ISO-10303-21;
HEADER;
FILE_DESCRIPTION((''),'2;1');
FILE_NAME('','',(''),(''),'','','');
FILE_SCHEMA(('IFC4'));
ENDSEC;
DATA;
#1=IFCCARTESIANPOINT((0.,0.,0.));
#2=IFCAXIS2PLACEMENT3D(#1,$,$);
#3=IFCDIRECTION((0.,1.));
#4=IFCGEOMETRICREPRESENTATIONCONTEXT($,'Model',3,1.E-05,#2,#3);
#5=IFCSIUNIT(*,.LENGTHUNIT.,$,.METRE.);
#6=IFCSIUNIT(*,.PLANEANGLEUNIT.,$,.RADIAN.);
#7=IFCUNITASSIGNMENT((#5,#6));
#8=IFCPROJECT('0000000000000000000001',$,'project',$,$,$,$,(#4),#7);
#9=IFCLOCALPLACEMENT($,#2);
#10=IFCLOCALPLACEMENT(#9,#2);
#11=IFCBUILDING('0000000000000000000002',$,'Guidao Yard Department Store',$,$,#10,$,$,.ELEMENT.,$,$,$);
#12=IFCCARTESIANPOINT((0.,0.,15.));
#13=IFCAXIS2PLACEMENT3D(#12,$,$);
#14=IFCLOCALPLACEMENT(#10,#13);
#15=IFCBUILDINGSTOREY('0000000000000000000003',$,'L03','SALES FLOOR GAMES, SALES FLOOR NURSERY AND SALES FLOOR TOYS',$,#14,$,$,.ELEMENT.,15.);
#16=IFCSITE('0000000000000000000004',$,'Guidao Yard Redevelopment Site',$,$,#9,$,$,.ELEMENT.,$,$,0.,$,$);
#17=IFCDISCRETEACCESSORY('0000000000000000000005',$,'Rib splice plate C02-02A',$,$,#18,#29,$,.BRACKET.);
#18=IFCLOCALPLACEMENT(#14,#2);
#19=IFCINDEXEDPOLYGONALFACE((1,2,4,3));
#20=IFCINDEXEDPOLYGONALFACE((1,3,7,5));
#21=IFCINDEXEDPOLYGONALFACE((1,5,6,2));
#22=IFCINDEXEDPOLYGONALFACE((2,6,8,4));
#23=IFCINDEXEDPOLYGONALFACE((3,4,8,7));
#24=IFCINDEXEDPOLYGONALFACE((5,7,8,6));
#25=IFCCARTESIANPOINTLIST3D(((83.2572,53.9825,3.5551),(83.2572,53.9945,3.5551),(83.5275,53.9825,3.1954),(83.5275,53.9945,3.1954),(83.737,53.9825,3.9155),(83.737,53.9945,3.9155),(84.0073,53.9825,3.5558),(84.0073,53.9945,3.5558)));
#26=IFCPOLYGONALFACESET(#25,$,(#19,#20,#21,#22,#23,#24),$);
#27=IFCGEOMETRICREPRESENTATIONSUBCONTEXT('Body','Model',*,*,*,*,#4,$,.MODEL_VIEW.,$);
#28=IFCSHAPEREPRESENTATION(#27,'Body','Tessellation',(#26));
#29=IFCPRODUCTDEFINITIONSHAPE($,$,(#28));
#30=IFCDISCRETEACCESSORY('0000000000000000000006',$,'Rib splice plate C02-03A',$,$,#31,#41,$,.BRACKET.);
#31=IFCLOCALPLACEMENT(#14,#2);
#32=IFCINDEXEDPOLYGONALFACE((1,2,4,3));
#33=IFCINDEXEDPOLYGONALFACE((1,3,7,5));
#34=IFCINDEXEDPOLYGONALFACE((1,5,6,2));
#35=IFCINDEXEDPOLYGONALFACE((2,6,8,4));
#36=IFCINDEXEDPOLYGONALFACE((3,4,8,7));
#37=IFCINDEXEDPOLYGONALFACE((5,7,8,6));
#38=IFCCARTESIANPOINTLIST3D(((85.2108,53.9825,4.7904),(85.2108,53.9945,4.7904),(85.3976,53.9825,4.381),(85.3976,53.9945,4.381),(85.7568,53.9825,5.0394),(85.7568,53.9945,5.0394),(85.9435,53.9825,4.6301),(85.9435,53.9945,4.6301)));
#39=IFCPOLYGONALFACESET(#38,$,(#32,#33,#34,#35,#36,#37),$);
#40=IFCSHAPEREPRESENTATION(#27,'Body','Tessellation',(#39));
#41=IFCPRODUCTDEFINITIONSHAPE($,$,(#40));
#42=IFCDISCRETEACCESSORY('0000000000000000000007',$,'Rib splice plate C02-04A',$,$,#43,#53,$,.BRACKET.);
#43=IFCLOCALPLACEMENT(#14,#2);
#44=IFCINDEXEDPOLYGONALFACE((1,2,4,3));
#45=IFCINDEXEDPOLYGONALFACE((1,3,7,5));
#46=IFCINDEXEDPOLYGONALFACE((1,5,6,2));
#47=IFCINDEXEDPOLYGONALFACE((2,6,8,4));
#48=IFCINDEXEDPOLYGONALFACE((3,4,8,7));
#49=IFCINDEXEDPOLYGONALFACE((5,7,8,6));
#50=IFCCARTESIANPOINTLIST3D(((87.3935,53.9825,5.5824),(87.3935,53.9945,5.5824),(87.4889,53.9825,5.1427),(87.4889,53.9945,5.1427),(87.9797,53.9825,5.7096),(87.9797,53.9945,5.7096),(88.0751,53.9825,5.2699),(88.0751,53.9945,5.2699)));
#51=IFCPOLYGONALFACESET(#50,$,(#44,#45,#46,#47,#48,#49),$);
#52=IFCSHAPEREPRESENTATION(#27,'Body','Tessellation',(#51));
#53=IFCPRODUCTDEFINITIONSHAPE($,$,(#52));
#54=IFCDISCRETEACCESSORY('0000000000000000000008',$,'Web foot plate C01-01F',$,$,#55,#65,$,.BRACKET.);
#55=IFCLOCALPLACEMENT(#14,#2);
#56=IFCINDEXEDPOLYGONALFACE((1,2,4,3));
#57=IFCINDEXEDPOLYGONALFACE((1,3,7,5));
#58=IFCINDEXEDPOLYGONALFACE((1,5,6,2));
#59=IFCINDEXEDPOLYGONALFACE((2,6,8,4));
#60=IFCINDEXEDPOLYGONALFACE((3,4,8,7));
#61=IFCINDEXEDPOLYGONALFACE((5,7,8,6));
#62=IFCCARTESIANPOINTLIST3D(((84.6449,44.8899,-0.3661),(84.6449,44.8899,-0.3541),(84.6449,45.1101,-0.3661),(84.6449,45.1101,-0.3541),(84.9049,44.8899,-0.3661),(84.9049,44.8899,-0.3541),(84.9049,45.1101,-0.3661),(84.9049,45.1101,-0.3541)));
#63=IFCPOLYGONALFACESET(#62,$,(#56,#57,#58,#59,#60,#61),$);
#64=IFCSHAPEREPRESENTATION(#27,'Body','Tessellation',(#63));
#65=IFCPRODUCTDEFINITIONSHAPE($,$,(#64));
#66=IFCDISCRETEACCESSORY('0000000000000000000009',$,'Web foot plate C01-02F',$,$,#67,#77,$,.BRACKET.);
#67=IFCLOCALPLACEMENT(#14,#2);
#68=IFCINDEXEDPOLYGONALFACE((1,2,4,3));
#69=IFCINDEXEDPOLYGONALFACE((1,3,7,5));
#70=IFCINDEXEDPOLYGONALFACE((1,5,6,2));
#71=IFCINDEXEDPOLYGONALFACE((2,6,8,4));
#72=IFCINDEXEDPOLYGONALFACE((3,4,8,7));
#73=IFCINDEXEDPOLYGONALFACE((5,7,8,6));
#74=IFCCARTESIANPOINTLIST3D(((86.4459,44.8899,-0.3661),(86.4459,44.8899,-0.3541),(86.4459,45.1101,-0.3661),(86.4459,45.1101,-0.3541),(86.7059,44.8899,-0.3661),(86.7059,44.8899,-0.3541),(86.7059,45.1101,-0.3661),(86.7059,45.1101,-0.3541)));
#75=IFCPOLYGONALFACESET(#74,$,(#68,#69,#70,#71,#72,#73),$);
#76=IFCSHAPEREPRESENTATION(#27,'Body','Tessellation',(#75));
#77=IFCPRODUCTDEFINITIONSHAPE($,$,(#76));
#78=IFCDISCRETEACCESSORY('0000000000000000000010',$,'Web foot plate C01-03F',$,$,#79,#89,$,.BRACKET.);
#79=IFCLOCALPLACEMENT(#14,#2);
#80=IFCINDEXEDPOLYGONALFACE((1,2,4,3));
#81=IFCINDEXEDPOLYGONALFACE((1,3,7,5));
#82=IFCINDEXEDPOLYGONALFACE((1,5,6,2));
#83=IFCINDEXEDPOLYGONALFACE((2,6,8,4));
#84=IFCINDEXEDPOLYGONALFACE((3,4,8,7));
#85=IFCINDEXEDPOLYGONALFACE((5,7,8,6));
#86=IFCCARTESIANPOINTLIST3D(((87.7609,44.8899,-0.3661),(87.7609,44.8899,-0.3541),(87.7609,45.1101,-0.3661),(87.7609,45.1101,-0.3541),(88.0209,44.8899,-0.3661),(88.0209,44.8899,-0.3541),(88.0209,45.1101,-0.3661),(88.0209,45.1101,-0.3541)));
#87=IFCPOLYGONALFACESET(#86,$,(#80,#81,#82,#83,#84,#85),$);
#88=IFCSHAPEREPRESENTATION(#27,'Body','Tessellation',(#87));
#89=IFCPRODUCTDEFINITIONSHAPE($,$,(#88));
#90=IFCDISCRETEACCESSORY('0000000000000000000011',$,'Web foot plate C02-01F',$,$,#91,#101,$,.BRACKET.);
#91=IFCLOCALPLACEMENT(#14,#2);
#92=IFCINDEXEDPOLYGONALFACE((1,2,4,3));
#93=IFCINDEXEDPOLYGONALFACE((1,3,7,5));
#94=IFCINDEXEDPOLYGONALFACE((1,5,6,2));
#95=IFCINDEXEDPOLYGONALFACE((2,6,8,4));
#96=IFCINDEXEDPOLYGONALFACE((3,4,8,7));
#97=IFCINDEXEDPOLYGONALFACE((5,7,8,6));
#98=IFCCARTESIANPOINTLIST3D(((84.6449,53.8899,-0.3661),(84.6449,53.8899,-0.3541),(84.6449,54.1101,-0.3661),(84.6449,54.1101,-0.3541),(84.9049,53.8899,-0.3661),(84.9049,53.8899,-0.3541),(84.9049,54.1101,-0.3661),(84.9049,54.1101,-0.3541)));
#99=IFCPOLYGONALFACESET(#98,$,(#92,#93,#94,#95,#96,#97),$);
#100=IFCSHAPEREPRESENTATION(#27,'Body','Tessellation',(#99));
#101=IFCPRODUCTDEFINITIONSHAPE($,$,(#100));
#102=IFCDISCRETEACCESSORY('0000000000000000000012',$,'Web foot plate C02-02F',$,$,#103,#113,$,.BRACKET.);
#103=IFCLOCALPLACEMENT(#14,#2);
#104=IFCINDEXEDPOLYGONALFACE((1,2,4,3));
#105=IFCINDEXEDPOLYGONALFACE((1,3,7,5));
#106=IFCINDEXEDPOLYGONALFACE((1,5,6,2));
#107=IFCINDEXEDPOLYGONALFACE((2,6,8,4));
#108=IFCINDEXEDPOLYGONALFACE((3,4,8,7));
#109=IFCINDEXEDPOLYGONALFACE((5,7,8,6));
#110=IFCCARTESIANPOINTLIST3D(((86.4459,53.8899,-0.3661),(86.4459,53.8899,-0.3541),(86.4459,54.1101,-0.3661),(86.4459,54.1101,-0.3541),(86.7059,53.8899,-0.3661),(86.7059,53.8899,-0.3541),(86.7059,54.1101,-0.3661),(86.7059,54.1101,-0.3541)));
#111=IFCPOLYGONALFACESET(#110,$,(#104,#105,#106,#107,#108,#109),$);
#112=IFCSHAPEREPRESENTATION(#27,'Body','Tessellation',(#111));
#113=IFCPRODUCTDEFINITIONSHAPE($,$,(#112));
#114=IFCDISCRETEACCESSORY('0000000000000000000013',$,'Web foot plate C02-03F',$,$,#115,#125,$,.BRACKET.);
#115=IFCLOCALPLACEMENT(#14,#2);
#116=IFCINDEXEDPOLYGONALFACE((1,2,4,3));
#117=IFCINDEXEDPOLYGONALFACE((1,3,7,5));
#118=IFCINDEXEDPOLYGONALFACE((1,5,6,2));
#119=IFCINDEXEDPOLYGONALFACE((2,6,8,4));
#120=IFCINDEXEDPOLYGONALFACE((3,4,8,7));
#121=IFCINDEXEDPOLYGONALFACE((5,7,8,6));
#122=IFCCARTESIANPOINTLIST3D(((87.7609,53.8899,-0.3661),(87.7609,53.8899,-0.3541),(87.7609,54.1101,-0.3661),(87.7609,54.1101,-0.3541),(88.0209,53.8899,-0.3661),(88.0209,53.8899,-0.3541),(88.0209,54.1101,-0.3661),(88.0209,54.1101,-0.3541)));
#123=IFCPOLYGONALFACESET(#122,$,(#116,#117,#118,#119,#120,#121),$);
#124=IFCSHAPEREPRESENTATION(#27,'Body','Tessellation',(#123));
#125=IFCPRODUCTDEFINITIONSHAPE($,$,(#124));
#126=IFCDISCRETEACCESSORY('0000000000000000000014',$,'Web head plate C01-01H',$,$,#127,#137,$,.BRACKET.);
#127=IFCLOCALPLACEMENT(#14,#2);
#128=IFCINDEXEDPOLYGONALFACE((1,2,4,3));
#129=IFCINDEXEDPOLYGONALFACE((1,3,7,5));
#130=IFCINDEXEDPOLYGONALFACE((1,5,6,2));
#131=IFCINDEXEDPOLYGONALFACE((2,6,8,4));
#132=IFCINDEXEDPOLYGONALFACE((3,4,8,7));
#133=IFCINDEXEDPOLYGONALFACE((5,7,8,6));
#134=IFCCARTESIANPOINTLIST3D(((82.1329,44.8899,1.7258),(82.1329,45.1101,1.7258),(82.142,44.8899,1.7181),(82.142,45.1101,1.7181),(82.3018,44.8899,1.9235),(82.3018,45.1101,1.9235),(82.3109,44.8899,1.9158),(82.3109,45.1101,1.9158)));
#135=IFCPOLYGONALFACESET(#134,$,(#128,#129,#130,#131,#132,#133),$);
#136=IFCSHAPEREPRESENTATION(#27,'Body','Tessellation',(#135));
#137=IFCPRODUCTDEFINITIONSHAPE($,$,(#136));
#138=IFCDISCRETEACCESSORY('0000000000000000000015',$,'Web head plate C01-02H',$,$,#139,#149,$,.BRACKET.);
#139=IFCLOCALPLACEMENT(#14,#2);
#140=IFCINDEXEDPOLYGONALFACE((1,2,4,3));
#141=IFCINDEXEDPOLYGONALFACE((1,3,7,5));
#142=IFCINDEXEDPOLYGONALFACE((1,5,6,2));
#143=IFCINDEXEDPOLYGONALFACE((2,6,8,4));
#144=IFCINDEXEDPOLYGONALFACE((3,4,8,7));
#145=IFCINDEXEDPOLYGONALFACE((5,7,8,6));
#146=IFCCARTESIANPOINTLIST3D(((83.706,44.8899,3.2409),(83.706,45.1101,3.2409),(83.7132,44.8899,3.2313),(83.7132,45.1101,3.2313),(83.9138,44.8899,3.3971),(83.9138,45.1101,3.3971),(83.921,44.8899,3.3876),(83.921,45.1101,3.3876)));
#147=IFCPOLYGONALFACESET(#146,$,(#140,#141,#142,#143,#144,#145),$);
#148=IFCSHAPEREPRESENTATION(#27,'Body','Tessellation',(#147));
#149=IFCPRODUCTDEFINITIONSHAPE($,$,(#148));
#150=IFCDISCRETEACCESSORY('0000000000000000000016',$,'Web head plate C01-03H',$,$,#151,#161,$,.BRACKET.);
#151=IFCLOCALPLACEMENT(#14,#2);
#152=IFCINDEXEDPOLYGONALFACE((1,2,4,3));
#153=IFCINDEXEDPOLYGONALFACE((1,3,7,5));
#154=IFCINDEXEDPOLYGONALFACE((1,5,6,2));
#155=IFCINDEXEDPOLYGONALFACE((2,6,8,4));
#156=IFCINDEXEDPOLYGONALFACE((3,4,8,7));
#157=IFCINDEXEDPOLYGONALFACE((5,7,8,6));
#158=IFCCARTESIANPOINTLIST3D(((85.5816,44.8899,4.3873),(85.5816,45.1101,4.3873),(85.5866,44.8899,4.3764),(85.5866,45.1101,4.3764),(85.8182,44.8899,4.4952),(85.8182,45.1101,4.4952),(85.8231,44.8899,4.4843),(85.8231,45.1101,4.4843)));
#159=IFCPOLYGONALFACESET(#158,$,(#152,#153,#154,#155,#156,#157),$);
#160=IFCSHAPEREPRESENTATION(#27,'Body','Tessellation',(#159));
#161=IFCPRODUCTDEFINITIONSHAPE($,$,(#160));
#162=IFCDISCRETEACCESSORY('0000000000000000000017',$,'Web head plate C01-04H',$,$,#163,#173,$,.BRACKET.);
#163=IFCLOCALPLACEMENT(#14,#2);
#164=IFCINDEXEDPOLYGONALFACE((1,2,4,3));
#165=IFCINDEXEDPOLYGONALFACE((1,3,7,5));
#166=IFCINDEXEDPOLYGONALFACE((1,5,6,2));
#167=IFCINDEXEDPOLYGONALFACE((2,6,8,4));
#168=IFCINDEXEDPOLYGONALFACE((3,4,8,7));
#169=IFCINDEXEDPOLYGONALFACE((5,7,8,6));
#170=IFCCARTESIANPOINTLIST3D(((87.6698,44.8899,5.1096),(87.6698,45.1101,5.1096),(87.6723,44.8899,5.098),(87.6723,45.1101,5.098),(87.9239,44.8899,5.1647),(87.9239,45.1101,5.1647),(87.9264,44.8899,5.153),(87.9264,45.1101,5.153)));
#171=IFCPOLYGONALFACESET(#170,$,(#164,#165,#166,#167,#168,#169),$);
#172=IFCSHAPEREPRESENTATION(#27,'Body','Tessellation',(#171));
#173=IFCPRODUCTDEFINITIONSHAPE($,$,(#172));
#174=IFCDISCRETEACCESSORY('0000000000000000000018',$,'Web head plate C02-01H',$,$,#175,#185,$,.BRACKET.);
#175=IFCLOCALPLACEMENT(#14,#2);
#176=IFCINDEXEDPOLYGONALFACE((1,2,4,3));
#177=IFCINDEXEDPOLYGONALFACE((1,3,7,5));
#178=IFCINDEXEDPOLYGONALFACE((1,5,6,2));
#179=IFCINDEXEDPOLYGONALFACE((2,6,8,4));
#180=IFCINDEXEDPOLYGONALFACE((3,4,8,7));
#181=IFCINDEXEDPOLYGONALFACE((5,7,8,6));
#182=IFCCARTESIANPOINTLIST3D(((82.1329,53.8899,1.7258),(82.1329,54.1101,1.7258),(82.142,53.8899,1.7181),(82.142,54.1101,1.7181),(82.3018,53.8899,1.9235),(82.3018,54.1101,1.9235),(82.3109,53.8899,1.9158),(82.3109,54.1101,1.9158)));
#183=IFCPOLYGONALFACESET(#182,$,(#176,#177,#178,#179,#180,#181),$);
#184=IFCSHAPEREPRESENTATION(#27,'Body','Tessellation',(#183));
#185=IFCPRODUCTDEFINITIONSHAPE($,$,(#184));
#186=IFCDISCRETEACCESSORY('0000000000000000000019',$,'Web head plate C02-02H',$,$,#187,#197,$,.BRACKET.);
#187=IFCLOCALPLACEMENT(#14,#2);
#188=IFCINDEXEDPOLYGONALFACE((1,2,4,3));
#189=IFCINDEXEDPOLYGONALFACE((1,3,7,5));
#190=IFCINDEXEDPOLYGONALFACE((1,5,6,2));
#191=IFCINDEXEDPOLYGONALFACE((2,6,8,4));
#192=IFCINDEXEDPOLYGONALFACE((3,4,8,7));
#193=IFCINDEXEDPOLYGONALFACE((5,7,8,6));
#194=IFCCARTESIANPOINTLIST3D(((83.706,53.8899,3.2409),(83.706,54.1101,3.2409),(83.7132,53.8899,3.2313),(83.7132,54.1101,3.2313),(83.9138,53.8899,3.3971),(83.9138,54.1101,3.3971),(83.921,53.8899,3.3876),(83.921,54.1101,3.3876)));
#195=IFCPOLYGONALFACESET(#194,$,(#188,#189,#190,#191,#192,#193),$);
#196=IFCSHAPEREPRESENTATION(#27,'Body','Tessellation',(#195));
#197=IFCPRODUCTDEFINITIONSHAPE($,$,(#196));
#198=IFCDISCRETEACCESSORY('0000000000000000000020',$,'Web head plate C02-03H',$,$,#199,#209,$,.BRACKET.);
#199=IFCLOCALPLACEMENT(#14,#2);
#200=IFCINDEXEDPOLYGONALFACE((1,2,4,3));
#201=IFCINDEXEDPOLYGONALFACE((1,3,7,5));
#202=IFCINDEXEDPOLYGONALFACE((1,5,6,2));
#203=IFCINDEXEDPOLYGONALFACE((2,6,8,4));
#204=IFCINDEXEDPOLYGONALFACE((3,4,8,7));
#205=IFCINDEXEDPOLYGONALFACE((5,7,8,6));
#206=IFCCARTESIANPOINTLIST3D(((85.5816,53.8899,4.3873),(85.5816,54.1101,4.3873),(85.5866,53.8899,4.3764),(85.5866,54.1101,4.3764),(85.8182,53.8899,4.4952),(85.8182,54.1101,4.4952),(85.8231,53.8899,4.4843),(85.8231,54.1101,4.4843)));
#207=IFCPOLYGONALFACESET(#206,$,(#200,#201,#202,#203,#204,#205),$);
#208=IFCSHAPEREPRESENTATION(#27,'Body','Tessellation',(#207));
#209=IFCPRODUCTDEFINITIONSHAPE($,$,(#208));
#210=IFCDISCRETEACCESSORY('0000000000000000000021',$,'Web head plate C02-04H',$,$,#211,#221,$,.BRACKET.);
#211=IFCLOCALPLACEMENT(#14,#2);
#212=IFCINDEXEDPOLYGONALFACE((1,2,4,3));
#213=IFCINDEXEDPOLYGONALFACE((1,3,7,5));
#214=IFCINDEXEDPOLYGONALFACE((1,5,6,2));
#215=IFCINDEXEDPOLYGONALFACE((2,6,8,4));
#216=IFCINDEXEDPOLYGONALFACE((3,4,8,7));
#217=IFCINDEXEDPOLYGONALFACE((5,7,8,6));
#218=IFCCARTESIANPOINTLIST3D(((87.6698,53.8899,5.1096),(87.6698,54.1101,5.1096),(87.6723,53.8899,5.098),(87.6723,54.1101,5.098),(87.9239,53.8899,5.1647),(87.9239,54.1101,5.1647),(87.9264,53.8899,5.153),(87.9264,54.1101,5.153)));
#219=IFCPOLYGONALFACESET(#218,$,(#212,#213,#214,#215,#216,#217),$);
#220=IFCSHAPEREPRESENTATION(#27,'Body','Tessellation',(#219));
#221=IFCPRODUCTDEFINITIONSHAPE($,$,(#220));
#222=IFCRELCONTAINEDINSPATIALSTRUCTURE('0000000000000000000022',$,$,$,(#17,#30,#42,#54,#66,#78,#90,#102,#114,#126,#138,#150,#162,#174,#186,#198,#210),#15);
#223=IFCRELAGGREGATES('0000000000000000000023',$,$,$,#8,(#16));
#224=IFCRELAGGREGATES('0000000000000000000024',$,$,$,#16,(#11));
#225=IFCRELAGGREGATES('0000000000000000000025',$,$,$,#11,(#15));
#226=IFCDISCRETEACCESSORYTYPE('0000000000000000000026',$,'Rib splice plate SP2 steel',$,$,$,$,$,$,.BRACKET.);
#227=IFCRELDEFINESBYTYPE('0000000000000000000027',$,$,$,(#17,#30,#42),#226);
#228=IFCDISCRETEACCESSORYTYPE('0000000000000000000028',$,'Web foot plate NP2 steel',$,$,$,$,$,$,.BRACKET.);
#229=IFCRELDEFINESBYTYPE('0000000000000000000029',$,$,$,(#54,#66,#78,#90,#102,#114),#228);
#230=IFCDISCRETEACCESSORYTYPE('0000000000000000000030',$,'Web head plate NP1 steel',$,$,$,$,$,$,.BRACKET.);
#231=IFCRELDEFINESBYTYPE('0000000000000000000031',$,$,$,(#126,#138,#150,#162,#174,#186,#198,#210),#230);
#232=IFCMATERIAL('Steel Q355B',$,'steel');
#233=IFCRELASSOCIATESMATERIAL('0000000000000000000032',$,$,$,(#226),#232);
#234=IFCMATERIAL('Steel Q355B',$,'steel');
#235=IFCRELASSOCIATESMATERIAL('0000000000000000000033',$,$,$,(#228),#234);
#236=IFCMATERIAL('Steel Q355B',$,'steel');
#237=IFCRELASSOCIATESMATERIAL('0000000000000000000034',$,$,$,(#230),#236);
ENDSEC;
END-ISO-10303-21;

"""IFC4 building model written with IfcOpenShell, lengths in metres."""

from ifc_helpers import new_model, si_unit, direction, frame, origin, origin_2d, place, context, subcontext, project, spatial, rectangle, extrude, material, material_profile, profile_set, type_object, element, save


model = new_model("IFC4")

# Units and contexts
model_context = context("Model", 3, precision=1e-05, world=origin(), true_north=direction((0.0, 1.0)))
body_context = subcontext(model_context, "Body", "Model", "MODEL_VIEW")
ifc_project = project(units=[si_unit("LENGTHUNIT", "METRE"), si_unit("PLANEANGLEUNIT", "RADIAN")], contexts=[model_context])

# Site, building, storey
site_placement = place(None, origin())
site = spatial("IfcSite", under=ifc_project, at=site_placement, Name="Guidao Yard Redevelopment Site", CompositionType="ELEMENT", RefElevation=0.0)
building_placement = place(site_placement, origin())
building = spatial("IfcBuilding", under=site, at=building_placement, Name="Guidao Yard Department Store", CompositionType="ELEMENT")
storey_placement = place(building_placement, frame((0.0, 0.0, 15.0)))
storey = spatial("IfcBuildingStorey", under=building, at=storey_placement, Name="L03", Description="SALES FLOOR GAMES, SALES FLOOR NURSERY AND SALES FLOOR TOYS", CompositionType="ELEMENT", Elevation=15.0)

# Discrete accessories
ifc_material_1 = material(Name="Steel Q355B", Category="steel")
ifc_material_profile_1 = material_profile(ifc_material_1, rectangle(XDim=0.012, YDim=0.45, at=origin_2d()), Name="Splice plate 450x12")
ifc_profile_set_1 = profile_set([ifc_material_profile_1], Name="Steel Q355B")
discrete_accessory_type_1 = type_object("IfcDiscreteAccessoryType", Name="Rib splice plate SP2 steel", PredefinedType="BRACKET", material=ifc_profile_set_1)
for number, where, z_axis, x_axis, name in (
    (1, (83.3923, 53.9885, 3.3752), (0.79956, 0.0, 0.600586), (0.0, 1.0, 0.0), "Rib splice plate C02-02A"),
    (2, (85.3042, 53.9885, 4.5857), (0.909808, 0.0, 0.415029), (0.0, 1.0, 0.0), "Rib splice plate C02-03A"),
):
    element("IfcDiscreteAccessory", number, at=place(storey_placement, frame(where, z_axis=z_axis, x_axis=x_axis)), inside=storey, type_object=discrete_accessory_type_1, Name=name, PredefinedType="BRACKET", context=body_context, shape_type="SweptSolid", body=[
        extrude(rectangle(XDim=0.012, YDim=0.45, at=origin_2d()), origin(), (0.0, 0.0, 1.0), 0.6001),
    ])
discrete_accessory_placement = place(storey_placement, frame((87.4412, 53.9885, 5.3625), z_axis=(0.977257, 0.0, 0.212058), x_axis=(0.0, 1.0, 0.0)))
element("IfcDiscreteAccessory", 3, at=discrete_accessory_placement, inside=storey, type_object=discrete_accessory_type_1, Name="Rib splice plate C02-04A", PredefinedType="BRACKET", context=body_context, shape_type="SweptSolid", body=[
    extrude(rectangle(XDim=0.012, YDim=0.45, at=origin_2d()), origin(), (0.0, 0.0, 1.0), 0.5999),
])
ifc_material_2 = material(Name="Steel Q355B", Category="steel")
ifc_material_profile_2 = material_profile(ifc_material_2, rectangle(XDim=0.26, YDim=0.012, at=origin_2d()), Name="Node plate 260x12")
ifc_profile_set_2 = profile_set([ifc_material_profile_2], Name="Steel Q355B")
discrete_accessory_type_2 = type_object("IfcDiscreteAccessoryType", Name="Web foot plate NP2 steel", PredefinedType="BRACKET", material=ifc_profile_set_2)
for number, where, z_axis, x_axis, name in (
    (4, (84.7749, 44.8899, -0.3601), (0.0, 1.0, 0.0), (-1.0, 0.0, 0.0), "Web foot plate C01-01F"),
    (5, (86.5759, 44.8899, -0.3601), (0.0, 1.0, 0.0), (-1.0, 0.0, 0.0), "Web foot plate C01-02F"),
    (6, (87.8909, 44.8899, -0.3601), (0.0, 1.0, 0.0), (-1.0, 0.0, 0.0), "Web foot plate C01-03F"),
    (7, (84.7749, 53.8899, -0.3601), (0.0, 1.0, 0.0), (-1.0, 0.0, 0.0), "Web foot plate C02-01F"),
    (8, (86.5759, 53.8899, -0.3601), (0.0, 1.0, 0.0), (-1.0, 0.0, 0.0), "Web foot plate C02-02F"),
    (9, (87.8909, 53.8899, -0.3601), (0.0, 1.0, 0.0), (-1.0, 0.0, 0.0), "Web foot plate C02-03F"),
):
    element("IfcDiscreteAccessory", number, at=place(storey_placement, frame(where, z_axis=z_axis, x_axis=x_axis)), inside=storey, type_object=discrete_accessory_type_2, Name=name, PredefinedType="BRACKET", context=body_context, shape_type="SweptSolid", body=[
        extrude(rectangle(XDim=0.26, YDim=0.012, at=origin_2d()), origin(), (0.0, 0.0, 1.0), 0.2202),
    ])
ifc_material_3 = material(Name="Steel Q355B", Category="steel")
ifc_material_profile_3 = material_profile(ifc_material_3, rectangle(XDim=0.26, YDim=0.012, at=origin_2d()), Name="Node plate 260x12")
ifc_profile_set_3 = profile_set([ifc_material_profile_3], Name="Steel Q355B")
discrete_accessory_type_3 = type_object("IfcDiscreteAccessoryType", Name="Web head plate NP1 steel", PredefinedType="BRACKET", material=ifc_profile_set_3)
for number, where, z_axis, x_axis, name in (
    (10, (82.2219, 44.8899, 1.8208), (0.0, 1.0, 0.0), (-0.649537, 0.0, -0.76033), "Web head plate C01-01H"),
    (11, (83.8135, 44.8899, 3.3142), (0.0, 1.0, 0.0), (-0.799284, 0.0, -0.600954), "Web head plate C01-02H"),
    (12, (85.7024, 44.8899, 4.4358), (0.0, 1.0, 0.0), (-0.909751, 0.0, -0.415155), "Web head plate C01-03H"),
    (13, (87.7981, 44.8899, 5.1313), (0.0, 1.0, 0.0), (-0.977292, 0.0, -0.211897), "Web head plate C01-04H"),
    (14, (82.2219, 53.8899, 1.8208), (0.0, 1.0, 0.0), (-0.649537, 0.0, -0.76033), "Web head plate C02-01H"),
    (15, (83.8135, 53.8899, 3.3142), (0.0, 1.0, 0.0), (-0.799284, 0.0, -0.600954), "Web head plate C02-02H"),
    (16, (85.7024, 53.8899, 4.4358), (0.0, 1.0, 0.0), (-0.909751, 0.0, -0.415155), "Web head plate C02-03H"),
    (17, (87.7981, 53.8899, 5.1313), (0.0, 1.0, 0.0), (-0.977292, 0.0, -0.211897), "Web head plate C02-04H"),
):
    element("IfcDiscreteAccessory", number, at=place(storey_placement, frame(where, z_axis=z_axis, x_axis=x_axis)), inside=storey, type_object=discrete_accessory_type_3, Name=name, PredefinedType="BRACKET", context=body_context, shape_type="SweptSolid", body=[
        extrude(rectangle(XDim=0.26, YDim=0.012, at=origin_2d()), origin(), (0.0, 0.0, 1.0), 0.2202),
    ])

save(model, "model.ifc")
